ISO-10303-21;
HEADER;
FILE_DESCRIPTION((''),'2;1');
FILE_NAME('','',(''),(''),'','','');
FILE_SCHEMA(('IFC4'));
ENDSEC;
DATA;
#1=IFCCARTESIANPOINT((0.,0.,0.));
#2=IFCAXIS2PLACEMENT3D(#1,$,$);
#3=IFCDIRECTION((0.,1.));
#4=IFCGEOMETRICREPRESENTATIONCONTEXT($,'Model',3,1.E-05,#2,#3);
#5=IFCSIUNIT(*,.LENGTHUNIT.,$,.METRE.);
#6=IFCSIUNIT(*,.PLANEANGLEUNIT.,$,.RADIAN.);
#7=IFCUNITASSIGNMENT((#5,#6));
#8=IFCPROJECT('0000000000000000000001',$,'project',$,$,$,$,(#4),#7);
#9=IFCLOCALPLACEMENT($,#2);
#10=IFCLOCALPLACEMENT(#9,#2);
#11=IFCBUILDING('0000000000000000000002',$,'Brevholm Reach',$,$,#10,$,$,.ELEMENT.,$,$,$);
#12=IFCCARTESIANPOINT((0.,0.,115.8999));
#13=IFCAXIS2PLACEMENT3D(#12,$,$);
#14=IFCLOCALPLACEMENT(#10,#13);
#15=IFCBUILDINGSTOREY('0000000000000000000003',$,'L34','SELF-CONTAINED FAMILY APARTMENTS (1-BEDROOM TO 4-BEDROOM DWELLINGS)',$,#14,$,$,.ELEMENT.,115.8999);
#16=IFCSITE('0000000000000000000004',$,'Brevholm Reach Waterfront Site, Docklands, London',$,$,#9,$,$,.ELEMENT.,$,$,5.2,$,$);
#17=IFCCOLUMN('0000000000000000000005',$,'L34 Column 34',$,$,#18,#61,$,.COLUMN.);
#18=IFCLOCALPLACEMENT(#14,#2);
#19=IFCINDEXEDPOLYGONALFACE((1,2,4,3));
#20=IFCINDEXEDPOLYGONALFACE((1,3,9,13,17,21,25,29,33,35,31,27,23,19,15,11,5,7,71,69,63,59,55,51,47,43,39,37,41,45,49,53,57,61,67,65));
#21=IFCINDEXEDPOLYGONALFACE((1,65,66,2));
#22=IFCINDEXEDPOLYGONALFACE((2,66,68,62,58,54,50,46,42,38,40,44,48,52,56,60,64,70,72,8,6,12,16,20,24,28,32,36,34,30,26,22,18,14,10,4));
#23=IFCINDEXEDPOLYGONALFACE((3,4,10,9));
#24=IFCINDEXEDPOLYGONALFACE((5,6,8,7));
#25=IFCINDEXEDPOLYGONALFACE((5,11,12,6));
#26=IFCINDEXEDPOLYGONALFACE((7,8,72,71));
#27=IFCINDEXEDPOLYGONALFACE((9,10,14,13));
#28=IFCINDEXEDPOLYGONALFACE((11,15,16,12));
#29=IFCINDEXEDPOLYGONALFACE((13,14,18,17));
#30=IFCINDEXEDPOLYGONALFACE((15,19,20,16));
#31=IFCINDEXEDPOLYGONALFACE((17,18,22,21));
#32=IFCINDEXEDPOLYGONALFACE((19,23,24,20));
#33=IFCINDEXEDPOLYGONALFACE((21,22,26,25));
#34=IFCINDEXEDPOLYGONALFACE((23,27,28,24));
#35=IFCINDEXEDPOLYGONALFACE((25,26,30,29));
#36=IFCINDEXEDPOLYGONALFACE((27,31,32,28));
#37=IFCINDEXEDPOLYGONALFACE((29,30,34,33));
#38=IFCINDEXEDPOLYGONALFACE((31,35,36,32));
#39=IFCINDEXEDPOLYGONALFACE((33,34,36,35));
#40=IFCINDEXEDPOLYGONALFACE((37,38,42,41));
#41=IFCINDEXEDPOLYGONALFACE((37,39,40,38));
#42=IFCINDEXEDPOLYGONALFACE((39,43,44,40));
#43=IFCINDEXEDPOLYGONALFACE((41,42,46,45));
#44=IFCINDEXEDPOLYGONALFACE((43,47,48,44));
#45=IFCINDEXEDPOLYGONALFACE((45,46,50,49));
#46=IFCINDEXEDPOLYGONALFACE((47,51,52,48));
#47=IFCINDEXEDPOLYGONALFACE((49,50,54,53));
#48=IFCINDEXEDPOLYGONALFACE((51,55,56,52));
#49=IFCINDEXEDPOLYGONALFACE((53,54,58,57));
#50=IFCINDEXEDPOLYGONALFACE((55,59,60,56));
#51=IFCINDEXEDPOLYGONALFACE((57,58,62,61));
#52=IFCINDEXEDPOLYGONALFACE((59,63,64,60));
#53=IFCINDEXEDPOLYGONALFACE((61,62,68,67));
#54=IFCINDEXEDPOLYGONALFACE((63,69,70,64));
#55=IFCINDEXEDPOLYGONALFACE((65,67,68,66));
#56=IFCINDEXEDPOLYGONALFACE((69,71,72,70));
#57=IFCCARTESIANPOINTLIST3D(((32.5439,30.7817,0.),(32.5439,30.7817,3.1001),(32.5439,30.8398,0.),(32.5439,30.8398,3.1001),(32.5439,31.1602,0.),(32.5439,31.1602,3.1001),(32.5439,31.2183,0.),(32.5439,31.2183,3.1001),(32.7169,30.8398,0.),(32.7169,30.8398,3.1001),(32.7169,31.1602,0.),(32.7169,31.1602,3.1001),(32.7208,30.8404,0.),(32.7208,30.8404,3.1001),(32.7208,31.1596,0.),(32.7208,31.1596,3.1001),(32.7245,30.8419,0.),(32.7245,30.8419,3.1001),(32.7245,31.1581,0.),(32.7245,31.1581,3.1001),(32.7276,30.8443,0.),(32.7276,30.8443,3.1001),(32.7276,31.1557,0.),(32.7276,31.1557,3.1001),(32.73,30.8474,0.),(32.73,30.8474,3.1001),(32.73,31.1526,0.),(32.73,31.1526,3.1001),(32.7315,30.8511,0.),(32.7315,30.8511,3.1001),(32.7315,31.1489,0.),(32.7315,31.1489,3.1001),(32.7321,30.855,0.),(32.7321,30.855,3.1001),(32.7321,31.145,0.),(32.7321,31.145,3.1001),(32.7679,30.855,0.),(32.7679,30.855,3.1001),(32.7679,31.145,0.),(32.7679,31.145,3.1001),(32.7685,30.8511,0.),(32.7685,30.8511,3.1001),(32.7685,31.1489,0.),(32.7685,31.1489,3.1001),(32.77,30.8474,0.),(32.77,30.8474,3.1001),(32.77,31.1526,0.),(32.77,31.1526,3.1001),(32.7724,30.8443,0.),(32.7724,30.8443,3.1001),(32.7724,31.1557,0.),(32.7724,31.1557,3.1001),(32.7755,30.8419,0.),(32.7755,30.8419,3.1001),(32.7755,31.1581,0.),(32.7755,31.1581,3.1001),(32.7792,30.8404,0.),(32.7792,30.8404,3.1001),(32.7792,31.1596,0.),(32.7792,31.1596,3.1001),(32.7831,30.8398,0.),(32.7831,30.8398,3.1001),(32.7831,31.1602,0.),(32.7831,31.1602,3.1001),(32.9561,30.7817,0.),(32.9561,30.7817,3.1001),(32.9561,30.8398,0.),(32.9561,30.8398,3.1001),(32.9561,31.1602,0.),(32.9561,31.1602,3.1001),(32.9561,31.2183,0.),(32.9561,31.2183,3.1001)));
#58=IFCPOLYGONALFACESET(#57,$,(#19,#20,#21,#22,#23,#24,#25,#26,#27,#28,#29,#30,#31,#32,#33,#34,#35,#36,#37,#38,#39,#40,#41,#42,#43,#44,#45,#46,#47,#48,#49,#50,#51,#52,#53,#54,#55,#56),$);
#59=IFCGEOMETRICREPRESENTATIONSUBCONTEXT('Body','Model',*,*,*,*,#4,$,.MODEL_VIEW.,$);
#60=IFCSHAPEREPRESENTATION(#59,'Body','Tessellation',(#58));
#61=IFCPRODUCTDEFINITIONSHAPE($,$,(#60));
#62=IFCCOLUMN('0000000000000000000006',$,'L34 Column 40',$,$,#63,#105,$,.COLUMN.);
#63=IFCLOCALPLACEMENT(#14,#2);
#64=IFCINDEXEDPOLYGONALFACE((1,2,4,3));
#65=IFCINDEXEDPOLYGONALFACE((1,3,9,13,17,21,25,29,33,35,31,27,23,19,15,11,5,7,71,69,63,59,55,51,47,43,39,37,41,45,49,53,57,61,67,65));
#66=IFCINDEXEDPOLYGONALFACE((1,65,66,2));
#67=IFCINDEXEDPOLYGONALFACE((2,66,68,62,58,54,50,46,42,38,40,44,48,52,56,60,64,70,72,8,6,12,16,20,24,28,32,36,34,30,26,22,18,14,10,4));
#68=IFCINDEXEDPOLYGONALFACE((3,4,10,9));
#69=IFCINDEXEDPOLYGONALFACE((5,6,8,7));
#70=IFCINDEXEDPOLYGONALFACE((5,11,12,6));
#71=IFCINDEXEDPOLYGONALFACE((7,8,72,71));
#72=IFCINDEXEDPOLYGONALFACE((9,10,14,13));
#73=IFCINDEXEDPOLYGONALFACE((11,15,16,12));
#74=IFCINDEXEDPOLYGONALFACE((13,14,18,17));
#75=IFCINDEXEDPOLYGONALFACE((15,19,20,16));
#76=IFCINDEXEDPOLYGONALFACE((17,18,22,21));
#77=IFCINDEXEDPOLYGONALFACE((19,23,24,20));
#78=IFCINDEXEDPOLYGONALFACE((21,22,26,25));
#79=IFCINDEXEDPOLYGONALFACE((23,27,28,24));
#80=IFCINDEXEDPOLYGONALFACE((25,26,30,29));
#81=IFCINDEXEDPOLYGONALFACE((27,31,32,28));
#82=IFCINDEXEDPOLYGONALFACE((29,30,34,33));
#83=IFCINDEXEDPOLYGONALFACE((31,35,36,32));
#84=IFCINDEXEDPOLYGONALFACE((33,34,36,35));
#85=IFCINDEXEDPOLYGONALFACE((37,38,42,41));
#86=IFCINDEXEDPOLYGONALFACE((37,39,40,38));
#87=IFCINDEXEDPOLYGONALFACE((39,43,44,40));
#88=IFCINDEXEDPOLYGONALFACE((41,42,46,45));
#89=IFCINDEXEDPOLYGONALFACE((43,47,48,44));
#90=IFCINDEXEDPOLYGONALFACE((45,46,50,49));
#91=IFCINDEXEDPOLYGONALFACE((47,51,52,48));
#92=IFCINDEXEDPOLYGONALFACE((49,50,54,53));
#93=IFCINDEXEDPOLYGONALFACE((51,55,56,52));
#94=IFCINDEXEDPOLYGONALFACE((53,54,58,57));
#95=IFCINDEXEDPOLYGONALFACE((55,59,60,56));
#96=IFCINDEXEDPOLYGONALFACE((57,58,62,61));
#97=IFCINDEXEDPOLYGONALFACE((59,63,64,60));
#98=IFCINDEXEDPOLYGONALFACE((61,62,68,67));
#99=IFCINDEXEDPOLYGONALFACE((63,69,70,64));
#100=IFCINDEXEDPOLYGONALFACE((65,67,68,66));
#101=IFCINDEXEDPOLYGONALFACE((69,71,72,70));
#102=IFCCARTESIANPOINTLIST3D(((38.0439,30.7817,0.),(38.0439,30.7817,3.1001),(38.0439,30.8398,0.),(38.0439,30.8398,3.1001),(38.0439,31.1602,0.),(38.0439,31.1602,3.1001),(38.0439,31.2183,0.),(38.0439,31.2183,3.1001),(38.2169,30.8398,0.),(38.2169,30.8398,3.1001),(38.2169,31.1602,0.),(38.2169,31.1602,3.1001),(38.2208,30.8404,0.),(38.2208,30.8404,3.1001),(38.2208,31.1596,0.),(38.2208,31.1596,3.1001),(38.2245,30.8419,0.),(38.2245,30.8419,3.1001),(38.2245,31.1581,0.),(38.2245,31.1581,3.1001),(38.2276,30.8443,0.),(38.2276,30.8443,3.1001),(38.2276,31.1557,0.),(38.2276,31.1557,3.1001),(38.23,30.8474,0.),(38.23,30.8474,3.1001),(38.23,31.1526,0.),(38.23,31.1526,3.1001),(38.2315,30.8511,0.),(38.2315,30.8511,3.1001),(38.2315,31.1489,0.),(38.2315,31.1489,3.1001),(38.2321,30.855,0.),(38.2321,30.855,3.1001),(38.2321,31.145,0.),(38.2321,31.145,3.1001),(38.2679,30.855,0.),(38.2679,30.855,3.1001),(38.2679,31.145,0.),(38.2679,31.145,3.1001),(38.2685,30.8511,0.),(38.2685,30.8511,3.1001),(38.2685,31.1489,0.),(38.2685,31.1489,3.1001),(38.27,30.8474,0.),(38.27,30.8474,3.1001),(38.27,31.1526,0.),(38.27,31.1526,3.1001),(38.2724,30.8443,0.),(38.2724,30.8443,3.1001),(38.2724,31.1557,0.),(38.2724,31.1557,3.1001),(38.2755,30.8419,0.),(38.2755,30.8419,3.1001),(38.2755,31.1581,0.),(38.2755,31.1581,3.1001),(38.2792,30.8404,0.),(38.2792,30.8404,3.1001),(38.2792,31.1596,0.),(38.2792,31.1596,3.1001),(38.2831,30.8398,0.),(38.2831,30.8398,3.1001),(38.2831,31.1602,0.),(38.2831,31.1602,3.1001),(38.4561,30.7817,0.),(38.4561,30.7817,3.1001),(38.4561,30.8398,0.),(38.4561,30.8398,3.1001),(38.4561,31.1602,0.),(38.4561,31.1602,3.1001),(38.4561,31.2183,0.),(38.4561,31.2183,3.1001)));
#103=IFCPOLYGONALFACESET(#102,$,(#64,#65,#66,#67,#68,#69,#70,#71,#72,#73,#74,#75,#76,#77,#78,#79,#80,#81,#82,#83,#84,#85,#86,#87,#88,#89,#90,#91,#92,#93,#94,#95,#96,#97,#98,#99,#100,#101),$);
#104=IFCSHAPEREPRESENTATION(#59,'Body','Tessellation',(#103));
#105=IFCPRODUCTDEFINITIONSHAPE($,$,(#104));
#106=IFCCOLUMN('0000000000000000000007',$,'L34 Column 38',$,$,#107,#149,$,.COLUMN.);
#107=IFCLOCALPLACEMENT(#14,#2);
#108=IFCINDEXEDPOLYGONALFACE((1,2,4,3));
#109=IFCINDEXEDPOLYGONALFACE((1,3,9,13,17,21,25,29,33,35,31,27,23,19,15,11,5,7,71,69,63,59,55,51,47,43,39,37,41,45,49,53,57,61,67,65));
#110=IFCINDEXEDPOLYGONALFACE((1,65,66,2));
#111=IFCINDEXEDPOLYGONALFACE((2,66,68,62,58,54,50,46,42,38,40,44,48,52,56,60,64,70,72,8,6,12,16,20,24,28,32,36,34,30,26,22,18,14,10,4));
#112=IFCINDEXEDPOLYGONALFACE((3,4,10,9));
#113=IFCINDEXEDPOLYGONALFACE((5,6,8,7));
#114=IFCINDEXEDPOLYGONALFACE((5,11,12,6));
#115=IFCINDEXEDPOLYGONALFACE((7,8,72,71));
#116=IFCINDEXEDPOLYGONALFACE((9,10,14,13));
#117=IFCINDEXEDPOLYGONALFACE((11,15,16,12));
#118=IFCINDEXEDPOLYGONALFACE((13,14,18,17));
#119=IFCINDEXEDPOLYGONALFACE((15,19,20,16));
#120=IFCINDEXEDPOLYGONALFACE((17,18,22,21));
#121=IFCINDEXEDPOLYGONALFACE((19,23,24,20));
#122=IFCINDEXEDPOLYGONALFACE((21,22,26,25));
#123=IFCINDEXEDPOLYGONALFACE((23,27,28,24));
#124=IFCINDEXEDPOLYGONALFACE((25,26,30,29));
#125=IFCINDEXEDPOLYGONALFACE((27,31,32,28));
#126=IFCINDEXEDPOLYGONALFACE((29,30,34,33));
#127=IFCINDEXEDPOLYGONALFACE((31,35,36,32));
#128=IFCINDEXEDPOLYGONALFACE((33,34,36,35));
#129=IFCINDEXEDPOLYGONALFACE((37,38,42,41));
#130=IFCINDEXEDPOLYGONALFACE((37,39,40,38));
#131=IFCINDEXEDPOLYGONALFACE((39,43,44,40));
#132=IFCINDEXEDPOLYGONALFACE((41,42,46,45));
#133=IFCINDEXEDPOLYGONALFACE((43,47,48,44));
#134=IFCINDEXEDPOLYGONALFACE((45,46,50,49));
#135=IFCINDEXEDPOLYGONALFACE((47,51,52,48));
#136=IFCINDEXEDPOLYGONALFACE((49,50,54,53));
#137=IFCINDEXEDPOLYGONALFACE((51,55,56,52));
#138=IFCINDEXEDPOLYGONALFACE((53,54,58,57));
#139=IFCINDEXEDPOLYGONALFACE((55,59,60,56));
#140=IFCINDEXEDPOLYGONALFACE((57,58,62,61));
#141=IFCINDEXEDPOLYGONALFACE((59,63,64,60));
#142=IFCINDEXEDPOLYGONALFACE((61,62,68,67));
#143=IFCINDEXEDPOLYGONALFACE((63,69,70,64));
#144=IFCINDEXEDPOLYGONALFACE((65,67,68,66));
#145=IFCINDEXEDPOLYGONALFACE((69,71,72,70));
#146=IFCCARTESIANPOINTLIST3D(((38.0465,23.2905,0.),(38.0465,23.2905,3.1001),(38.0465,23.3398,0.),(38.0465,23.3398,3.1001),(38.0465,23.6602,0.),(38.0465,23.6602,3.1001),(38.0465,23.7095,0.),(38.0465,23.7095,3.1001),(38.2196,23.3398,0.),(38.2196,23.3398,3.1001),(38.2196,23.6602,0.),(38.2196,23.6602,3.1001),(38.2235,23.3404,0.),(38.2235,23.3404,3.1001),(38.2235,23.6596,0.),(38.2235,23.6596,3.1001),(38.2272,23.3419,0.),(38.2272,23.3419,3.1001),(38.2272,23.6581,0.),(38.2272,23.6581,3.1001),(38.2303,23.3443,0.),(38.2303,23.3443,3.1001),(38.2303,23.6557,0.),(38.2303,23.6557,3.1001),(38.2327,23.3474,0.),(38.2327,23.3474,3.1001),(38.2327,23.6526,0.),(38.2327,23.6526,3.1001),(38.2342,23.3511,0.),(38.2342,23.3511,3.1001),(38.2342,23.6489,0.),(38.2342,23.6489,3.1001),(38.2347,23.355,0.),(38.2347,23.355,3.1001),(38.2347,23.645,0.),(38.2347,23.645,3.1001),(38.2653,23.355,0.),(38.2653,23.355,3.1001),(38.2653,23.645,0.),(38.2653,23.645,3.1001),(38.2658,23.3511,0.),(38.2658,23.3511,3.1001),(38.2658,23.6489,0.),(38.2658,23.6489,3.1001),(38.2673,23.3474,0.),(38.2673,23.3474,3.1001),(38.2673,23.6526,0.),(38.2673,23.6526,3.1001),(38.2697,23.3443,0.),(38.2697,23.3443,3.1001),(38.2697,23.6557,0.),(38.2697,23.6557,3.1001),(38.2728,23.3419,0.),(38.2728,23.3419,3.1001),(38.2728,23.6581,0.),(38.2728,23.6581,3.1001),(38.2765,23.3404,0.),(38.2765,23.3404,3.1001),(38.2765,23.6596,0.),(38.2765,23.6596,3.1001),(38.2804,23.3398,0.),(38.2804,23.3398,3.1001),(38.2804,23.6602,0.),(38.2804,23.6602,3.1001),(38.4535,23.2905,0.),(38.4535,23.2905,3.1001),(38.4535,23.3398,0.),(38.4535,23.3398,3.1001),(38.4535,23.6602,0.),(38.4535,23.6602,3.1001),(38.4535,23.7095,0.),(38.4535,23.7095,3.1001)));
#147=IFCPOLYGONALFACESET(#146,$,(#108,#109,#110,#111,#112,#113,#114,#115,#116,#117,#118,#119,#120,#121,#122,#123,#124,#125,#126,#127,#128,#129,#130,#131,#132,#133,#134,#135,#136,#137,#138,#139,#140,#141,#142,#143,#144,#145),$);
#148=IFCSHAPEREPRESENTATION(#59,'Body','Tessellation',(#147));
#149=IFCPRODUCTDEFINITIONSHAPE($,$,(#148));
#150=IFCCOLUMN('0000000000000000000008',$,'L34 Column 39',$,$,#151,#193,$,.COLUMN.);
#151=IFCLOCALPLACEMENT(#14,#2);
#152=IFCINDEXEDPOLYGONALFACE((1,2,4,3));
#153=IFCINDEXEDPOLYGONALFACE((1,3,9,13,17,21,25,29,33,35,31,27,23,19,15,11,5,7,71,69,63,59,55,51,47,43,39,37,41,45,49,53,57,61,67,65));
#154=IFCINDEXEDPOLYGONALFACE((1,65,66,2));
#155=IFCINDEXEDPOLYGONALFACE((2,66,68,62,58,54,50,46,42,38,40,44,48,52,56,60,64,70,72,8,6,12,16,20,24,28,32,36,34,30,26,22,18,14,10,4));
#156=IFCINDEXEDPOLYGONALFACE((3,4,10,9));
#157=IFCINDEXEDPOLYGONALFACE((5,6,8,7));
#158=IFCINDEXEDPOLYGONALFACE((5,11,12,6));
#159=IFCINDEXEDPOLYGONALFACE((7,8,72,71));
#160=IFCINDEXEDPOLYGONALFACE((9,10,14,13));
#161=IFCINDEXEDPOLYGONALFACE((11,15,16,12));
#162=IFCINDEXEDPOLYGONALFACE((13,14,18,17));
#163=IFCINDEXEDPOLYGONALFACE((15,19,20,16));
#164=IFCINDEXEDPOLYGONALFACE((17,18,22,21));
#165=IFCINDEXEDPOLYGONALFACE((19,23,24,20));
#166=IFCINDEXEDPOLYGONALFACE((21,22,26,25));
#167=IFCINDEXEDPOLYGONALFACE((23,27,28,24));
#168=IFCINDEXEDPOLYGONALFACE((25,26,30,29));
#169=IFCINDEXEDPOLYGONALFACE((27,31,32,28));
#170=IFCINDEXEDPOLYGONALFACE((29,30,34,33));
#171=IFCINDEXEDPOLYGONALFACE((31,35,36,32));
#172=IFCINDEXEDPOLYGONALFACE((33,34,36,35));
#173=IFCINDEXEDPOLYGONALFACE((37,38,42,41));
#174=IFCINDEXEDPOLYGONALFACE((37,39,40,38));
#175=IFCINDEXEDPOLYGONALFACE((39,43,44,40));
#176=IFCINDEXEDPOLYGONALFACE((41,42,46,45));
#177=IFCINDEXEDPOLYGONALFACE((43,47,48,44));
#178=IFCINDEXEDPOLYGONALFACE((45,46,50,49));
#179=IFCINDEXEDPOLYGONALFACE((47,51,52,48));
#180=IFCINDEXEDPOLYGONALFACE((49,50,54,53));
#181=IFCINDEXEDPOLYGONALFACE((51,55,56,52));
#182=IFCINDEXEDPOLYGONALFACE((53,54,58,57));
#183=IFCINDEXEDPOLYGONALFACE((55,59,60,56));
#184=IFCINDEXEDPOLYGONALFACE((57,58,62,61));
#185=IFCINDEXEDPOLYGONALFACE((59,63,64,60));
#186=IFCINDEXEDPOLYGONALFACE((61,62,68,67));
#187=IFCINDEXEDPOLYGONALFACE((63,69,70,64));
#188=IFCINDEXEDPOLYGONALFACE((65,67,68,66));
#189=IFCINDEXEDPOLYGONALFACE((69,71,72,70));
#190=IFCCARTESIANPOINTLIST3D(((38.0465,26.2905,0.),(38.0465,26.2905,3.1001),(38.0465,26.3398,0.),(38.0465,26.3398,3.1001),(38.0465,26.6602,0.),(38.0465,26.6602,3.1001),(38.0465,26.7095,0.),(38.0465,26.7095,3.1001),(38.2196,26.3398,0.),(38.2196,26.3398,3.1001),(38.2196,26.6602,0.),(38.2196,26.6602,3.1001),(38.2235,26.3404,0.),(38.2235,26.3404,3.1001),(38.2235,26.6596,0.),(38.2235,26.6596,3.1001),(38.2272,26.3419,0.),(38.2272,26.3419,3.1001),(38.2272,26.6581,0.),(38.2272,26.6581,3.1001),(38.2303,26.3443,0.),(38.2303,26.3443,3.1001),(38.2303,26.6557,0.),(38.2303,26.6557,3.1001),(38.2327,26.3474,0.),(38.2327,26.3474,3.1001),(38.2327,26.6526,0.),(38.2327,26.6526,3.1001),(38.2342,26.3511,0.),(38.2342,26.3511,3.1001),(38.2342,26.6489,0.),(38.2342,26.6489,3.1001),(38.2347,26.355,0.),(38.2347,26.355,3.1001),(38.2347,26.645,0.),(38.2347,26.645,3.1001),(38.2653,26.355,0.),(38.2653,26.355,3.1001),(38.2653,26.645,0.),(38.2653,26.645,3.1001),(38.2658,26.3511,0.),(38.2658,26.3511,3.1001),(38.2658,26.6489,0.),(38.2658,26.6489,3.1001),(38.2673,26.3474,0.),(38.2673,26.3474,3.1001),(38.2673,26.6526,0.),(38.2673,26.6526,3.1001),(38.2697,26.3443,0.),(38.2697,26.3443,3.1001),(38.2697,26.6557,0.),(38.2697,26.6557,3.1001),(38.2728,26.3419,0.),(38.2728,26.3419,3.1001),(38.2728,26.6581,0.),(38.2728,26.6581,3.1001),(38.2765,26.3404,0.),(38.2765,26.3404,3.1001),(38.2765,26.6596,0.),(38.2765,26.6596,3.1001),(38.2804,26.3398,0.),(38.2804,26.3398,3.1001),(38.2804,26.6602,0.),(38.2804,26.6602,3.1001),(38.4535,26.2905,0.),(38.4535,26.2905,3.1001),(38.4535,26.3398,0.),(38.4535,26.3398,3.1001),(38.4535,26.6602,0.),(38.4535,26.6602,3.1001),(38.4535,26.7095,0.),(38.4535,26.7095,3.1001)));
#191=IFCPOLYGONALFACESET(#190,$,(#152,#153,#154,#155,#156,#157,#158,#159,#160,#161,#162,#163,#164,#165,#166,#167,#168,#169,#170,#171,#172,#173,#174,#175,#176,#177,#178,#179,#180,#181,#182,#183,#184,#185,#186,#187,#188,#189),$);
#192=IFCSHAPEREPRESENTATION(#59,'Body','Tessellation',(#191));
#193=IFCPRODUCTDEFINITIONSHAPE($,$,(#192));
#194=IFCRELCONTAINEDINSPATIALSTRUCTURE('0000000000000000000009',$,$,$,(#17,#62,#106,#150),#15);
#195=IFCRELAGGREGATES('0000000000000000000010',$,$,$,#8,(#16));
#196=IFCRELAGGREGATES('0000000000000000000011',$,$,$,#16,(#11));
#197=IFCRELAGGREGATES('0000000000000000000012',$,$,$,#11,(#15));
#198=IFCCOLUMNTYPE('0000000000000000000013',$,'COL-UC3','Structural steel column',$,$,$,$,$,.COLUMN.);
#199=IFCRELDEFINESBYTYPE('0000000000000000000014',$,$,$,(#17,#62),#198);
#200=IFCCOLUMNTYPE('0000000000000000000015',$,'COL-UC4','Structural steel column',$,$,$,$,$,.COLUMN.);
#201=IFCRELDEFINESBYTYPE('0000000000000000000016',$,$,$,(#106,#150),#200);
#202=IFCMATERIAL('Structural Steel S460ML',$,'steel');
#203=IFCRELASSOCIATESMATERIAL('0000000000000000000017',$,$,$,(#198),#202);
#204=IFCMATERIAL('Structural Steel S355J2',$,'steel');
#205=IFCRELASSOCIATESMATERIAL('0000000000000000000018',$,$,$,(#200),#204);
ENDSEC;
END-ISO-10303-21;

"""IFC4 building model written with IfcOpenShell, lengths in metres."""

from ifc_helpers import new_model, si_unit, direction, frame, origin, origin_2d, place, context, subcontext, project, spatial, i_section, extrude, material, material_profile, profile_set, type_object, element, save


model = new_model("IFC4")

# Units and contexts
model_context = context("Model", 3, precision=1e-05, world=origin(), true_north=direction((0.0, 1.0)))
body_context = subcontext(model_context, "Body", "Model", "MODEL_VIEW")
ifc_project = project(units=[si_unit("LENGTHUNIT", "METRE"), si_unit("PLANEANGLEUNIT", "RADIAN")], contexts=[model_context])

# Site, building, storey
site_placement = place(None, origin())
site = spatial("IfcSite", under=ifc_project, at=site_placement, Name="Brevholm Reach Waterfront Site, Docklands, London", CompositionType="ELEMENT", RefElevation=5.2)
building_placement = place(site_placement, origin())
building = spatial("IfcBuilding", under=site, at=building_placement, Name="Brevholm Reach", CompositionType="ELEMENT")
storey_placement = place(building_placement, frame((0.0, 0.0, 115.8999)))
storey = spatial("IfcBuildingStorey", under=building, at=storey_placement, Name="L34", Description="SELF-CONTAINED FAMILY APARTMENTS (1-BEDROOM TO 4-BEDROOM DWELLINGS)", CompositionType="ELEMENT", Elevation=115.8999)

# Columns
ifc_material_1 = material(Name="Structural Steel S460ML", Category="steel")
ifc_material_profile_1 = material_profile(ifc_material_1, i_section(OverallWidth=0.4121, OverallDepth=0.4365, WebThickness=0.0359, FlangeThickness=0.0581, FilletRadius=0.0151, at=origin_2d()), Name="UKC 356x406x467")
ifc_profile_set_1 = profile_set([ifc_material_profile_1], Name="Structural Steel S460ML")
column_type_1 = type_object("IfcColumnType", Name="COL-UC3", Description="Structural steel column", PredefinedType="COLUMN", material=ifc_profile_set_1)
for number, where, z_axis, x_axis, name in (
    (1, (32.75, 31.0, 0.0), (0.0, 0.0, 1.0), (1.0, 0.0, 0.0), "L34 Column 34"),
    (2, (38.25, 31.0, 0.0), (0.0, 0.0, 1.0), (1.0, 0.0, 0.0), "L34 Column 40"),
):
    element("IfcColumn", number, at=place(storey_placement, frame(where, z_axis=z_axis, x_axis=x_axis)), inside=storey, type_object=column_type_1, Name=name, PredefinedType="COLUMN", context=body_context, shape_type="SweptSolid", body=[
        extrude(i_section(OverallWidth=0.4121, OverallDepth=0.4365, WebThickness=0.0359, FlangeThickness=0.0581, FilletRadius=0.0151, at=origin_2d()), origin(), (0.0, 0.0, 1.0), 3.1001),
    ])
ifc_material_2 = material(Name="Structural Steel S355J2", Category="steel")
ifc_material_profile_2 = material_profile(ifc_material_2, i_section(OverallWidth=0.407, OverallDepth=0.4189, WebThickness=0.0305, FlangeThickness=0.0493, FilletRadius=0.0151, at=origin_2d()), Name="UKC 356x406x393")
ifc_profile_set_2 = profile_set([ifc_material_profile_2], Name="Structural Steel S355J2")
column_type_2 = type_object("IfcColumnType", Name="COL-UC4", Description="Structural steel column", PredefinedType="COLUMN", material=ifc_profile_set_2)
for number, where, z_axis, x_axis, name in (
    (3, (38.25, 23.5, 0.0), (0.0, 0.0, 1.0), (1.0, 0.0, 0.0), "L34 Column 38"),
    (4, (38.25, 26.5, 0.0), (0.0, 0.0, 1.0), (1.0, 0.0, 0.0), "L34 Column 39"),
):
    element("IfcColumn", number, at=place(storey_placement, frame(where, z_axis=z_axis, x_axis=x_axis)), inside=storey, type_object=column_type_2, Name=name, PredefinedType="COLUMN", context=body_context, shape_type="SweptSolid", body=[
        extrude(i_section(OverallWidth=0.407, OverallDepth=0.4189, WebThickness=0.0305, FlangeThickness=0.0493, FilletRadius=0.0151, at=origin_2d()), origin(), (0.0, 0.0, 1.0), 3.1001),
    ])

save(model, "model.ifc")
